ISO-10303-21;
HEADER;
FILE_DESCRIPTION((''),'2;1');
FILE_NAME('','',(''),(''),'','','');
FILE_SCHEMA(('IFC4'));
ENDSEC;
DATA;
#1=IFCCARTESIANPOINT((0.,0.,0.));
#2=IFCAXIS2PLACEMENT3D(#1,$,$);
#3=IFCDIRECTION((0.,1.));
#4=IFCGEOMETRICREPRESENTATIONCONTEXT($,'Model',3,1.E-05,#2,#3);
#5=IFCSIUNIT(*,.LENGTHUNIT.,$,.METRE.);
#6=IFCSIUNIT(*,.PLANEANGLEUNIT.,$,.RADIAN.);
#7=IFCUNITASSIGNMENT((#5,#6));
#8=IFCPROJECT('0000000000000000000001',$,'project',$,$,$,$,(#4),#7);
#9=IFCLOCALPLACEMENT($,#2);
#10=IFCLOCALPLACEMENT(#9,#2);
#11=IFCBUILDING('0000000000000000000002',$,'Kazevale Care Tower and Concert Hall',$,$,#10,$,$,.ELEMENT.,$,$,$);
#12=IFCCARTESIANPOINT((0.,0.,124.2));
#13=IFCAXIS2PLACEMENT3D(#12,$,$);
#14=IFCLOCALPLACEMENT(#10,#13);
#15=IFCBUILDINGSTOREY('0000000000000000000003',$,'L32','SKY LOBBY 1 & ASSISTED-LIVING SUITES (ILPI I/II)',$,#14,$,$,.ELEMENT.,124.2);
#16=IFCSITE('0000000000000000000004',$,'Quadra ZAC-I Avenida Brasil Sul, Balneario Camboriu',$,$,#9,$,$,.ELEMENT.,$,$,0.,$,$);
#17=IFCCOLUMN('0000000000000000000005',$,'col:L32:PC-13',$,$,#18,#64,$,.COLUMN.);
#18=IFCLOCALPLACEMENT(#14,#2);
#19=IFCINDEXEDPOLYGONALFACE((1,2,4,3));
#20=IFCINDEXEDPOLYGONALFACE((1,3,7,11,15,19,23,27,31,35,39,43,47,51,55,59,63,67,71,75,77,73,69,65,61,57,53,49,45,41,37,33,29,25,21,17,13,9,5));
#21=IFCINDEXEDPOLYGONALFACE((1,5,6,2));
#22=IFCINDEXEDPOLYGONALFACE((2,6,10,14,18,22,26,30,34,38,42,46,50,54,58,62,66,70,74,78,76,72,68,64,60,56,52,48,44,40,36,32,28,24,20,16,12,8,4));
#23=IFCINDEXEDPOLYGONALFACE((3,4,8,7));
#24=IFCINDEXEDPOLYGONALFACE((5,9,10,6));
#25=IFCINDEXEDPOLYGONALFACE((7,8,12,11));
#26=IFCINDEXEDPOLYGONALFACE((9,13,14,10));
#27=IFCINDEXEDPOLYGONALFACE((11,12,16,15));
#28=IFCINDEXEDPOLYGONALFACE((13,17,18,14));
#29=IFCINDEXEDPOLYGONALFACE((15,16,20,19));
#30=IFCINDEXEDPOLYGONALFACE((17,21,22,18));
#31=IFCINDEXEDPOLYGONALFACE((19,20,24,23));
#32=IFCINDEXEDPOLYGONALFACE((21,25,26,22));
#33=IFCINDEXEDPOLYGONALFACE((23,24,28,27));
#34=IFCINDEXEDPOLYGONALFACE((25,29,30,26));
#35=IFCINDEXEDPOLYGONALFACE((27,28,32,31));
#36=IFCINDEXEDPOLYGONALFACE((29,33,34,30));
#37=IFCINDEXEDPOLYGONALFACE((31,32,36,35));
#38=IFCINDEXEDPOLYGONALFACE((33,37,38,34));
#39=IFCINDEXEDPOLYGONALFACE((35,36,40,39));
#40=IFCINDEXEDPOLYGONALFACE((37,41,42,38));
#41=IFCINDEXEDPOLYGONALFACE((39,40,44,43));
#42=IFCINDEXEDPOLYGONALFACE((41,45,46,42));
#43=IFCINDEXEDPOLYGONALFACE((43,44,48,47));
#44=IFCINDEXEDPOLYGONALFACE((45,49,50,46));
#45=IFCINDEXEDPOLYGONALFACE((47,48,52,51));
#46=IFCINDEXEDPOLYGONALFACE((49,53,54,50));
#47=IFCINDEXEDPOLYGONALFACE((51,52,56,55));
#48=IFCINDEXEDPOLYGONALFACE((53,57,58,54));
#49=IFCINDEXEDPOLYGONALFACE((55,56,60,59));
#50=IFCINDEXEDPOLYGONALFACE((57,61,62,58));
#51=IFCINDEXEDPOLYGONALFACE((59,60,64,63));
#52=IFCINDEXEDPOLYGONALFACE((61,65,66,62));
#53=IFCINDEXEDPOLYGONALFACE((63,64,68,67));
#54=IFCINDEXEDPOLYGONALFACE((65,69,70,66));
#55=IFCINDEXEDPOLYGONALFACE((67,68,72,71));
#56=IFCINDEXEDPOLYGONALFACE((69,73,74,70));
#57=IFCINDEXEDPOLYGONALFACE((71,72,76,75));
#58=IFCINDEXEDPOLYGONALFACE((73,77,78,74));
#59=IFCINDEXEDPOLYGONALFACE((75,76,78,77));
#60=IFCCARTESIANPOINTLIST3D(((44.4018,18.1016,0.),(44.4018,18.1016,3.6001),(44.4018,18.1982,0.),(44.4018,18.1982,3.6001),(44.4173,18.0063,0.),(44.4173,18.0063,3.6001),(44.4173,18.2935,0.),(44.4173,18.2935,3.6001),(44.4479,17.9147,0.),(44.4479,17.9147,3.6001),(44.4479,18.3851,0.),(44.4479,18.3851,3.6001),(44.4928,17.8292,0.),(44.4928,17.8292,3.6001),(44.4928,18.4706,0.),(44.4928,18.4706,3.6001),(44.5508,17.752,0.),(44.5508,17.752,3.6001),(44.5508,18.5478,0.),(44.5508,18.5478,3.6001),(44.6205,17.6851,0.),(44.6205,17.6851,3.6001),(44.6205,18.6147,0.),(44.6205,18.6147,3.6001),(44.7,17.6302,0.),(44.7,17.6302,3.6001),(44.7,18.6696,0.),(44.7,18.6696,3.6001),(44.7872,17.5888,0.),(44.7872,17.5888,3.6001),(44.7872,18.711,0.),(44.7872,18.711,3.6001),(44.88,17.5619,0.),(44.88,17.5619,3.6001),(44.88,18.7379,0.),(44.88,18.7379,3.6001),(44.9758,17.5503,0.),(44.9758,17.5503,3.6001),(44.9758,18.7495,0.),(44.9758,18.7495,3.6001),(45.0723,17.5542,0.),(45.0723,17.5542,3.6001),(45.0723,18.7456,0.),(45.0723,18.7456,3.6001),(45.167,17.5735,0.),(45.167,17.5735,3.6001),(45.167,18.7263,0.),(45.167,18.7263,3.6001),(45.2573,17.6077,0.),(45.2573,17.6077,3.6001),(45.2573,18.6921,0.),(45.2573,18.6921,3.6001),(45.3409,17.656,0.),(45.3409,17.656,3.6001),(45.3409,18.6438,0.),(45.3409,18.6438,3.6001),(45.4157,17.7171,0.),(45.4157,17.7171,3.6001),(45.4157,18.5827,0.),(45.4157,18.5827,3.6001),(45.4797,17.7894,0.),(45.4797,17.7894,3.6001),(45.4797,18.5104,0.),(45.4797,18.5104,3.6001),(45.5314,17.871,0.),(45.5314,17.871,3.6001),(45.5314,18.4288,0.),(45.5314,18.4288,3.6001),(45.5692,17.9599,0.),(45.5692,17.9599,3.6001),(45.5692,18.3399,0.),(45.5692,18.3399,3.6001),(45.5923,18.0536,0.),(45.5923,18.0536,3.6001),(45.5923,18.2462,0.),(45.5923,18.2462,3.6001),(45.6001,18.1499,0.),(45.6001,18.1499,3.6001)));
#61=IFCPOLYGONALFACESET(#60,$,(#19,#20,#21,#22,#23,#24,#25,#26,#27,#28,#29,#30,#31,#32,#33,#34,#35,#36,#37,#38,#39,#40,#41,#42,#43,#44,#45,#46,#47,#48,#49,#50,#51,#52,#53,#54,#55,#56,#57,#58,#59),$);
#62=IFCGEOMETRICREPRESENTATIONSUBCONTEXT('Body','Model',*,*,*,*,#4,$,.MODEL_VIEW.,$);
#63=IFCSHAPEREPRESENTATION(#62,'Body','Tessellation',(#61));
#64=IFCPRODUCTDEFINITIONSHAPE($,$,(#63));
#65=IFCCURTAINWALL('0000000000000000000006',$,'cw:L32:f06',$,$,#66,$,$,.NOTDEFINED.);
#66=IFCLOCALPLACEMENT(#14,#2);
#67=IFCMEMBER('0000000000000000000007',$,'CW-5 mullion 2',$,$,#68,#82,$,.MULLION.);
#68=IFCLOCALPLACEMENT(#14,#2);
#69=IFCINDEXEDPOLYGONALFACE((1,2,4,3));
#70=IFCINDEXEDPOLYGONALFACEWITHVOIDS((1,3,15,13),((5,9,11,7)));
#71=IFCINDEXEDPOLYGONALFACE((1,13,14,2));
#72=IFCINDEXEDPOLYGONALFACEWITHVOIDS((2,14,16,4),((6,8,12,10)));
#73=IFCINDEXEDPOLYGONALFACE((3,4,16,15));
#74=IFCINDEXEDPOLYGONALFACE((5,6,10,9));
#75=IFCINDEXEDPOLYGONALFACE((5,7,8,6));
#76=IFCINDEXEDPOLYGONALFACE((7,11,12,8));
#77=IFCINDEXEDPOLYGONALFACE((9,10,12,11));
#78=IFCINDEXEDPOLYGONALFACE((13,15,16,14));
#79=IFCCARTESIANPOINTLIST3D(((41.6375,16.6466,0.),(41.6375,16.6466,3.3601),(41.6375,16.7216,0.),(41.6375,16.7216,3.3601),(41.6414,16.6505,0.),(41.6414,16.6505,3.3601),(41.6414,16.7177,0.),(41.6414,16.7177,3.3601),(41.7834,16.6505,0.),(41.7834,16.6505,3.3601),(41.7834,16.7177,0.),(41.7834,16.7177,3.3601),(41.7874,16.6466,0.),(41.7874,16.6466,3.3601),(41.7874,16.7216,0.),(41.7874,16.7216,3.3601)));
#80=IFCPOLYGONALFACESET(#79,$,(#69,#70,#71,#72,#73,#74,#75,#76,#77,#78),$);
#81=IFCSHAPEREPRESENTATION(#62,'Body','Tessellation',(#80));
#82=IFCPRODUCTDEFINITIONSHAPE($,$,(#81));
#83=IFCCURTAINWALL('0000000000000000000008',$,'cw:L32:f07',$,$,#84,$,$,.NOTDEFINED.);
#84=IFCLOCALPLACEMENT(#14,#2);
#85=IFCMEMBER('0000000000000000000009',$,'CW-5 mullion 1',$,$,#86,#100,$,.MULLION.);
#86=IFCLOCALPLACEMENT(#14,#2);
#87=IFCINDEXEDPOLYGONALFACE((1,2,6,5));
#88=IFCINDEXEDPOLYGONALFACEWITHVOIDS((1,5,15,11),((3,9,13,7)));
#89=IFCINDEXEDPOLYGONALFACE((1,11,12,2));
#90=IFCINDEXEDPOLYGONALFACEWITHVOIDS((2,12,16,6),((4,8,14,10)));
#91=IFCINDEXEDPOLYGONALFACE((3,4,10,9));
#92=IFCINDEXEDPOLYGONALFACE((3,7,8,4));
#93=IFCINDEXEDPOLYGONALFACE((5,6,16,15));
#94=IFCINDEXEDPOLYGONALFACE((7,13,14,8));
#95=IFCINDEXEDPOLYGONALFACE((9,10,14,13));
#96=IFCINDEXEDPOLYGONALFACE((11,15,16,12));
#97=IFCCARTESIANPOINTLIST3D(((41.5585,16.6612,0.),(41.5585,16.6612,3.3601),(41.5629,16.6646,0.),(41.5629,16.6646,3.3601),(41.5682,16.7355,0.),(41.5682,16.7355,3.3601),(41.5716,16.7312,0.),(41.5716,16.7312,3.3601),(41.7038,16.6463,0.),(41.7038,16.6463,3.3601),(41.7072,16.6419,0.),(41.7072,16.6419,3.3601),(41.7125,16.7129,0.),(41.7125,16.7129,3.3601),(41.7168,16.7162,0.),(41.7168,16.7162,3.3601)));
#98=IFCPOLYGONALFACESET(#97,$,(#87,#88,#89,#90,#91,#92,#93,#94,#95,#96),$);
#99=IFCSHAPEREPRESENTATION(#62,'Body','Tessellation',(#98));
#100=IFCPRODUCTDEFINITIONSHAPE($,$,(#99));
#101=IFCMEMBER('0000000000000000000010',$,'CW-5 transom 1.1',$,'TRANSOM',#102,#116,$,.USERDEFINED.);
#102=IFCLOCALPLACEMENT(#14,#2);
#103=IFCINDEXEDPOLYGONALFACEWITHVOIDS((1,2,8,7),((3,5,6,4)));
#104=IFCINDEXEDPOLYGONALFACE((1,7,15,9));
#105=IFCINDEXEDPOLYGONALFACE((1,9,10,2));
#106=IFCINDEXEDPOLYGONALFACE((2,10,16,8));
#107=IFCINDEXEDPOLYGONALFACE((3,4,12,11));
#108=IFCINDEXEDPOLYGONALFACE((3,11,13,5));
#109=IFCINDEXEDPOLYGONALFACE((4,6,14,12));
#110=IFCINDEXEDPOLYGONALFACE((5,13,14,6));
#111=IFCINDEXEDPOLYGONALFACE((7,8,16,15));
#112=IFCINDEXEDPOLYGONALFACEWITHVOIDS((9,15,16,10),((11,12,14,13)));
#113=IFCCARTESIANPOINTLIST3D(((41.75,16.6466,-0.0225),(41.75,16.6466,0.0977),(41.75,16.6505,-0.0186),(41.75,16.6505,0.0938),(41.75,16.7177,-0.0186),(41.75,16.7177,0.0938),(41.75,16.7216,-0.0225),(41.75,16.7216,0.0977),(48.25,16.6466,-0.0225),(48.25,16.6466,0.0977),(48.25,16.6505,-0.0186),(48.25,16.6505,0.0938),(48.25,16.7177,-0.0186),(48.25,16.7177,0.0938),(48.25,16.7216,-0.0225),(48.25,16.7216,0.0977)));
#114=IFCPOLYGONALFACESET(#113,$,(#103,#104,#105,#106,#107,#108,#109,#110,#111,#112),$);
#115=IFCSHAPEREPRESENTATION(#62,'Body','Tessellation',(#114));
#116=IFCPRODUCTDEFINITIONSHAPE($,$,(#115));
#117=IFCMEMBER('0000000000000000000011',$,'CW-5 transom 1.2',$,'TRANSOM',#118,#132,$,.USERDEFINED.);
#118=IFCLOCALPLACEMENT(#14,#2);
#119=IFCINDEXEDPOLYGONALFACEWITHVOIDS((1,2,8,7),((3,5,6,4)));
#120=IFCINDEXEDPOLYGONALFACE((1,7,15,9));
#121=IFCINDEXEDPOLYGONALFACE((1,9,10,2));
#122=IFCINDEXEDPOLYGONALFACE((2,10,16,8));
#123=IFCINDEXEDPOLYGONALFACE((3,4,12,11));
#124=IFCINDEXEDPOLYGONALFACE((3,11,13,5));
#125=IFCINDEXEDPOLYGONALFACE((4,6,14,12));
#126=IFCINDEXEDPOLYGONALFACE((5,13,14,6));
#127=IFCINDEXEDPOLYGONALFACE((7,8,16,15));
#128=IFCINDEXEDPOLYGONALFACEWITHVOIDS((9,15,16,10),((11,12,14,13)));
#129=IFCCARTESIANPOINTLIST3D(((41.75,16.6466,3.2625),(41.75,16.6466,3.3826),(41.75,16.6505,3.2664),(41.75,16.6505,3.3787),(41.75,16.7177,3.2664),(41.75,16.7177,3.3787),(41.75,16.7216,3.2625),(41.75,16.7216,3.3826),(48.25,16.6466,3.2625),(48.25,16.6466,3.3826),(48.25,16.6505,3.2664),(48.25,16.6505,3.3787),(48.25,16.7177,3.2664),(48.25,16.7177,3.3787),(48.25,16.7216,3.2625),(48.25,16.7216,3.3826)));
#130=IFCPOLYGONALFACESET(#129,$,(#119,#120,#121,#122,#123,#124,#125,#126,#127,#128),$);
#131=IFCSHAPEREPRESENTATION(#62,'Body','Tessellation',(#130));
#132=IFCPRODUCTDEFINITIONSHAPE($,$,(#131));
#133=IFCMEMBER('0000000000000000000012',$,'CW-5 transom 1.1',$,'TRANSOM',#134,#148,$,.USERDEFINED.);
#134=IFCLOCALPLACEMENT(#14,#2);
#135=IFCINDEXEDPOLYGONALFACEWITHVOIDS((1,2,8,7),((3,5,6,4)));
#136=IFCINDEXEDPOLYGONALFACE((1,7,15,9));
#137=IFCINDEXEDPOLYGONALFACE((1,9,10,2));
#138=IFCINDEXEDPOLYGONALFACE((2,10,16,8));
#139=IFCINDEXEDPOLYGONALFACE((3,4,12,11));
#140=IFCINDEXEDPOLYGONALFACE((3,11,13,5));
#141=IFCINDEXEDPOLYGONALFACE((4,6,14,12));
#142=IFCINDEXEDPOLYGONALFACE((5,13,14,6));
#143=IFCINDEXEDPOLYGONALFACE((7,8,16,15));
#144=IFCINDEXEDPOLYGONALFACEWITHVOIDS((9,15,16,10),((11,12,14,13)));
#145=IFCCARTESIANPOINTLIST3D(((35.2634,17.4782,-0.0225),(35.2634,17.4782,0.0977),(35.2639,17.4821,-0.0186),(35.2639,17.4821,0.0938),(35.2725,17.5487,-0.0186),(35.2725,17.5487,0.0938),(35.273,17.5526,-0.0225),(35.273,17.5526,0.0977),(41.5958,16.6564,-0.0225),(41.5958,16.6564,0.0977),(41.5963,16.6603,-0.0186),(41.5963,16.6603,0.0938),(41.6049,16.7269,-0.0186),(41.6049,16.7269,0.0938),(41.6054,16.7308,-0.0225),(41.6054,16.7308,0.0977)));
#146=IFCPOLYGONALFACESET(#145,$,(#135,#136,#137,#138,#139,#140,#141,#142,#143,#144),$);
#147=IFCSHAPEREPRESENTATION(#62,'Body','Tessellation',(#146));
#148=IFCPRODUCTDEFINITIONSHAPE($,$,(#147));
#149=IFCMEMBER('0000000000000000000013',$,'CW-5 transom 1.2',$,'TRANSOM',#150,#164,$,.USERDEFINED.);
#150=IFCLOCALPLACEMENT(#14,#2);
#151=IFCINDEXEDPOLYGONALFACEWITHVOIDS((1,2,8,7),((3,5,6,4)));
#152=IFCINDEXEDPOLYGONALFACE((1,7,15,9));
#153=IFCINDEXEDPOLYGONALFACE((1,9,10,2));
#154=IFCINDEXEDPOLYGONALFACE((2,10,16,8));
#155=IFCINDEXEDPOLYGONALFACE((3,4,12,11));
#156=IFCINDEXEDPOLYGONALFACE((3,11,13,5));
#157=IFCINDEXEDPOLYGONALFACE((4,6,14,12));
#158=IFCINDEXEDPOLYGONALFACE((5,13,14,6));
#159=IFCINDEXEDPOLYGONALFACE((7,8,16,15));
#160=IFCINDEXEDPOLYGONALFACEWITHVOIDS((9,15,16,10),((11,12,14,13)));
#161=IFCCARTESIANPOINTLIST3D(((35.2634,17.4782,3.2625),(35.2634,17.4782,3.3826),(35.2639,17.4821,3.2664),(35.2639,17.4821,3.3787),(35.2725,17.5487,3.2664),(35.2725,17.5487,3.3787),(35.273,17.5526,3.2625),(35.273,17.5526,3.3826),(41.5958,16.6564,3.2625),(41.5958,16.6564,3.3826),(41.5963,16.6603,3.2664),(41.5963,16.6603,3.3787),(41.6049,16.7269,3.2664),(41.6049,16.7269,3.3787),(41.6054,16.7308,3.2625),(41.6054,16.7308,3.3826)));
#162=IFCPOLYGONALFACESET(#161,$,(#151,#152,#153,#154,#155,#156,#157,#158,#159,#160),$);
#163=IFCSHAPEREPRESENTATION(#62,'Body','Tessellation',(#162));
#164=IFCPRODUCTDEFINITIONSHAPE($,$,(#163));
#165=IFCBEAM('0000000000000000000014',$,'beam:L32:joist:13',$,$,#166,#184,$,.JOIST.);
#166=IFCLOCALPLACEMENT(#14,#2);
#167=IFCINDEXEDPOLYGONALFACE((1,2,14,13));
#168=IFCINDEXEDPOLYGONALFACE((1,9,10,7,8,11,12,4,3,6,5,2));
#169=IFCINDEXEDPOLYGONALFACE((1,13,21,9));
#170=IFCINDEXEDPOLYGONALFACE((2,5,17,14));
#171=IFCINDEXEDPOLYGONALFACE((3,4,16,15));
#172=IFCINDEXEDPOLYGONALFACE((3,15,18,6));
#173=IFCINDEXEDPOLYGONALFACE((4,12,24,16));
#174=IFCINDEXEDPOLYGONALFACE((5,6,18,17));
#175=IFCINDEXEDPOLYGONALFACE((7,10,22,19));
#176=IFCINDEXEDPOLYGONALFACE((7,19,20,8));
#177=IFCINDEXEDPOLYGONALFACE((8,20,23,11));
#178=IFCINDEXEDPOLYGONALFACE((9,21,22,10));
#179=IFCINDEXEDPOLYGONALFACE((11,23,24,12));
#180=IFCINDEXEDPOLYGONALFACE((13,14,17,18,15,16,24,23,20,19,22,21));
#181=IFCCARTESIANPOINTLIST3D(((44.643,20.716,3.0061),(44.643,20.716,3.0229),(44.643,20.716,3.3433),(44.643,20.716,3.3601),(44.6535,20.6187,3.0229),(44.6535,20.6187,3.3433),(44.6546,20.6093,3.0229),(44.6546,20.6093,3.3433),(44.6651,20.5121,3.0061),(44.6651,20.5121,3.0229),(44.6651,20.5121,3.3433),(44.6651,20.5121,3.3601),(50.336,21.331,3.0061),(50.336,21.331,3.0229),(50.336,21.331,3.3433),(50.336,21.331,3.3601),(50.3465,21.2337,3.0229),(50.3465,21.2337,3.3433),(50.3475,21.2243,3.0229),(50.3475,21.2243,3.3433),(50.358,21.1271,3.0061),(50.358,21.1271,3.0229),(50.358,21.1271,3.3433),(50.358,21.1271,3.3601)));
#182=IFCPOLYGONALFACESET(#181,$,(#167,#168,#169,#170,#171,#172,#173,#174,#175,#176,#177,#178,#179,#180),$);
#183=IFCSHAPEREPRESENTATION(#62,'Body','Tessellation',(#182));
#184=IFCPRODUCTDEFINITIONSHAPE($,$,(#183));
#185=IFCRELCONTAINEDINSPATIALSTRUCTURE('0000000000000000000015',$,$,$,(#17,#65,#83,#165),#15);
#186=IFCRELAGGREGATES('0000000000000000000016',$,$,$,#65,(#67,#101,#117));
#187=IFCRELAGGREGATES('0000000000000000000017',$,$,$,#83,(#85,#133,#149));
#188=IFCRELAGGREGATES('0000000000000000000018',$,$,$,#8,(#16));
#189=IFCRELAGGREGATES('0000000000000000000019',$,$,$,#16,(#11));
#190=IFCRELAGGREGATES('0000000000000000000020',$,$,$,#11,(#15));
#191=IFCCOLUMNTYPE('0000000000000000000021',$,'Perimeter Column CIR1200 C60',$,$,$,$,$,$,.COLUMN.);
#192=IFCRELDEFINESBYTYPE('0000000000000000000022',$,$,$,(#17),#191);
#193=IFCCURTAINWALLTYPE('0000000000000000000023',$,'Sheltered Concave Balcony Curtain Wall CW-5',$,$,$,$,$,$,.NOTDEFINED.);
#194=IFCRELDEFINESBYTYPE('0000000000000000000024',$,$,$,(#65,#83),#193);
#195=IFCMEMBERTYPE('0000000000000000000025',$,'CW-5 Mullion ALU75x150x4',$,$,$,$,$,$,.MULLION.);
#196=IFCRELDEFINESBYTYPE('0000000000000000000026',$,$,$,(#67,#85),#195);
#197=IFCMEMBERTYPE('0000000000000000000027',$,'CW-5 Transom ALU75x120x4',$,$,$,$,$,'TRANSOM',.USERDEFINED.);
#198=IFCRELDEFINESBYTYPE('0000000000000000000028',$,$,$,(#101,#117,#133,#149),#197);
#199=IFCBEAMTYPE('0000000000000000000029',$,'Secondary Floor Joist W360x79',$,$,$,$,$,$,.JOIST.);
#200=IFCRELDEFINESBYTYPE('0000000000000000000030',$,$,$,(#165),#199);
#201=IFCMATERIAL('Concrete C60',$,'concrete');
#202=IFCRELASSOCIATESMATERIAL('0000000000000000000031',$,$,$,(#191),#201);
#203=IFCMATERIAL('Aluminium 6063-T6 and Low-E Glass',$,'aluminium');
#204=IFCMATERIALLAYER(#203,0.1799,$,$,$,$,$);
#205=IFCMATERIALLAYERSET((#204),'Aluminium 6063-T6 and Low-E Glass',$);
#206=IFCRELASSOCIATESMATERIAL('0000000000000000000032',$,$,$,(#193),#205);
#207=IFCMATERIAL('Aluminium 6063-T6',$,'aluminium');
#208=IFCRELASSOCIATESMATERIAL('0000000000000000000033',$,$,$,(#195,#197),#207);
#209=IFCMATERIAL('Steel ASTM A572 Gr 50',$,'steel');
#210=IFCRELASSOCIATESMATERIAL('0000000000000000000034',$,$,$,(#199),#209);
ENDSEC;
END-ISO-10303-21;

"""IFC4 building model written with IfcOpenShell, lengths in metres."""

from ifc_helpers import new_model, si_unit, direction, frame, origin, origin_2d, place, context, subcontext, project, spatial, hollow_rectangle, circle, i_section, extrude, material, layer, layer_set, material_profile, profile_set, type_object, element, aggregate, save


model = new_model("IFC4")

# Units and contexts
model_context = context("Model", 3, precision=1e-05, world=origin(), true_north=direction((0.0, 1.0)))
body_context = subcontext(model_context, "Body", "Model", "MODEL_VIEW")
ifc_project = project(units=[si_unit("LENGTHUNIT", "METRE"), si_unit("PLANEANGLEUNIT", "RADIAN")], contexts=[model_context])

# Site, building, storey
site_placement = place(None, origin())
site = spatial("IfcSite", under=ifc_project, at=site_placement, Name="Quadra ZAC-I Avenida Brasil Sul, Balneario Camboriu", CompositionType="ELEMENT", RefElevation=0.0)
building_placement = place(site_placement, origin())
building = spatial("IfcBuilding", under=site, at=building_placement, Name="Kazevale Care Tower and Concert Hall", CompositionType="ELEMENT")
storey_placement = place(building_placement, frame((0.0, 0.0, 124.2)))
storey = spatial("IfcBuildingStorey", under=building, at=storey_placement, Name="L32", Description="SKY LOBBY 1 & ASSISTED-LIVING SUITES (ILPI I/II)", CompositionType="ELEMENT", Elevation=124.2)

# Column
ifc_material_1 = material(Name="Concrete C60", Category="concrete")
ifc_material_profile_1 = material_profile(ifc_material_1, circle(Radius=0.6001, at=origin_2d()), Name="RC-CIR1200")
ifc_profile_set_1 = profile_set([ifc_material_profile_1], Name="Concrete C60")
column_type = type_object("IfcColumnType", Name="Perimeter Column CIR1200 C60", PredefinedType="COLUMN", material=ifc_profile_set_1)
column_placement = place(storey_placement, frame((45.0, 18.1499, 0.0), z_axis=(0.0, 0.0, 1.0), x_axis=(1.0, 0.0, 0.0)))
element("IfcColumn", 1, at=column_placement, inside=storey, type_object=column_type, Name="col:L32:PC-13", PredefinedType="COLUMN", context=body_context, shape_type="SweptSolid", body=[
    extrude(circle(Radius=0.6001, at=origin_2d()), origin(), (0.0, 0.0, 1.0), 3.6001),
])

# Curtain walls, members
ifc_material_2 = material(Name="Aluminium 6063-T6 and Low-E Glass", Category="aluminium")
ifc_layer_1 = layer(ifc_material_2, 0.1799)
ifc_layer_set_1 = layer_set([ifc_layer_1], Name="Aluminium 6063-T6 and Low-E Glass")
curtain_wall_type = type_object("IfcCurtainWallType", Name="Sheltered Concave Balcony Curtain Wall CW-5", PredefinedType="NOTDEFINED", material=ifc_layer_set_1)
curtain_wall_1_placement = place(storey_placement, origin())
curtain_wall_1 = element("IfcCurtainWall", 2, at=curtain_wall_1_placement, inside=storey, type_object=curtain_wall_type, Name="cw:L32:f06", PredefinedType="NOTDEFINED")
ifc_material_3 = material(Name="Aluminium 6063-T6", Category="aluminium")
ifc_material_profile_2 = material_profile(ifc_material_3, hollow_rectangle(XDim=0.075, YDim=0.1499, WallThickness=0.0039, at=origin_2d()), Name="ALU75x150x4")
ifc_profile_set_2 = profile_set([ifc_material_profile_2], Name="Aluminium 6063-T6")
member_type_1 = type_object("IfcMemberType", Name="CW-5 Mullion ALU75x150x4", PredefinedType="MULLION", material=ifc_profile_set_2)
member_1_placement = place(storey_placement, frame((41.7124, 16.6841, 0.0), z_axis=(0.0, 0.0, 1.0), x_axis=(0.0, -1.0, 0.0)))
member_1 = element("IfcMember", 3, at=member_1_placement, type_object=member_type_1, Name="CW-5 mullion 2", PredefinedType="MULLION", context=body_context, shape_type="SweptSolid", body=[
    extrude(hollow_rectangle(XDim=0.075, YDim=0.1499, WallThickness=0.0039, at=origin_2d()), origin(), (0.0, 0.0, 1.0), 3.3601),
])
curtain_wall_2_placement = place(storey_placement, origin())
curtain_wall_2 = element("IfcCurtainWall", 4, at=curtain_wall_2_placement, inside=storey, type_object=curtain_wall_type, Name="cw:L32:f07", PredefinedType="NOTDEFINED")
member_2_placement = place(storey_placement, frame((41.6377, 16.6887, 0.0), z_axis=(0.0, 0.0, 1.0), x_axis=(-0.128685, -0.991686, 0.0)))
member_2 = element("IfcMember", 5, at=member_2_placement, type_object=member_type_1, Name="CW-5 mullion 1", PredefinedType="MULLION", context=body_context, shape_type="SweptSolid", body=[
    extrude(hollow_rectangle(XDim=0.075, YDim=0.1499, WallThickness=0.0039, at=origin_2d()), origin(), (0.0, 0.0, 1.0), 3.3601),
])

# Members
ifc_material_profile_3 = material_profile(ifc_material_3, hollow_rectangle(XDim=0.075, YDim=0.1201, WallThickness=0.0039, at=origin_2d()), Name="ALU75x120x4")
ifc_profile_set_3 = profile_set([ifc_material_profile_3], Name="Aluminium 6063-T6")
member_type_2 = type_object("IfcMemberType", Name="CW-5 Transom ALU75x120x4", ElementType="TRANSOM", PredefinedType="USERDEFINED", material=ifc_profile_set_3)
member_3_placement = place(storey_placement, frame((48.25, 16.6841, 0.0376), z_axis=(-1.0, 0.0, 0.0), x_axis=(0.0, -1.0, 0.0)))
member_3 = element("IfcMember", 6, at=member_3_placement, type_object=member_type_2, Name="CW-5 transom 1.1", ObjectType="TRANSOM", PredefinedType="USERDEFINED", context=body_context, shape_type="SweptSolid", body=[
    extrude(hollow_rectangle(XDim=0.075, YDim=0.1201, WallThickness=0.0039, at=origin_2d()), origin(), (0.0, 0.0, 1.0), 6.5),
])
member_4_placement = place(storey_placement, frame((48.25, 16.6841, 3.3225), z_axis=(-1.0, 0.0, 0.0), x_axis=(0.0, -1.0, 0.0)))
member_4 = element("IfcMember", 7, at=member_4_placement, type_object=member_type_2, Name="CW-5 transom 1.2", ObjectType="TRANSOM", PredefinedType="USERDEFINED", context=body_context, shape_type="SweptSolid", body=[
    extrude(hollow_rectangle(XDim=0.075, YDim=0.1201, WallThickness=0.0039, at=origin_2d()), origin(), (0.0, 0.0, 1.0), 6.5),
])
member_5_placement = place(storey_placement, frame((41.6006, 16.6936, 0.0376), z_axis=(-0.991684, 0.128697, 0.0), x_axis=(-0.128697, -0.991684, 0.0)))
member_5 = element("IfcMember", 8, at=member_5_placement, type_object=member_type_2, Name="CW-5 transom 1.1", ObjectType="TRANSOM", PredefinedType="USERDEFINED", context=body_context, shape_type="SweptSolid", body=[
    extrude(hollow_rectangle(XDim=0.075, YDim=0.1201, WallThickness=0.0039, at=origin_2d()), origin(), (0.0, 0.0, 1.0), 6.3855),
])
member_6_placement = place(storey_placement, frame((41.6006, 16.6936, 3.3225), z_axis=(-0.991684, 0.128697, 0.0), x_axis=(-0.128697, -0.991684, 0.0)))
member_6 = element("IfcMember", 9, at=member_6_placement, type_object=member_type_2, Name="CW-5 transom 1.2", ObjectType="TRANSOM", PredefinedType="USERDEFINED", context=body_context, shape_type="SweptSolid", body=[
    extrude(hollow_rectangle(XDim=0.075, YDim=0.1201, WallThickness=0.0039, at=origin_2d()), origin(), (0.0, 0.0, 1.0), 6.3855),
])

# Beam
ifc_material_4 = material(Name="Steel ASTM A572 Gr 50", Category="steel")
ifc_material_profile_4 = material_profile(ifc_material_4, i_section(OverallWidth=0.2051, OverallDepth=0.354, WebThickness=0.0095, FlangeThickness=0.0168, at=origin_2d()), Name="W360x79")
ifc_profile_set_4 = profile_set([ifc_material_profile_4], Name="Steel ASTM A572 Gr 50")
beam_type_1 = type_object("IfcBeamType", Name="Secondary Floor Joist W360x79", PredefinedType="JOIST", material=ifc_profile_set_4)
beam_1_placement = place(storey_placement, frame((44.6541, 20.614, 3.1831), z_axis=(0.994216, 0.107403, 0.0), x_axis=(-0.107403, 0.994216, 0.0)))
element("IfcBeam", 10, at=beam_1_placement, inside=storey, type_object=beam_type_1, Name="beam:L32:joist:13", PredefinedType="JOIST", context=body_context, shape_type="SweptSolid", body=[
    extrude(i_section(OverallWidth=0.2051, OverallDepth=0.354, WebThickness=0.0095, FlangeThickness=0.0168, at=origin_2d()), origin(), (0.0, 0.0, 1.0), 5.7261),
])

aggregate(curtain_wall_1, [member_1, member_3, member_4])
aggregate(curtain_wall_2, [member_2, member_5, member_6])

save(model, "model.ifc")
